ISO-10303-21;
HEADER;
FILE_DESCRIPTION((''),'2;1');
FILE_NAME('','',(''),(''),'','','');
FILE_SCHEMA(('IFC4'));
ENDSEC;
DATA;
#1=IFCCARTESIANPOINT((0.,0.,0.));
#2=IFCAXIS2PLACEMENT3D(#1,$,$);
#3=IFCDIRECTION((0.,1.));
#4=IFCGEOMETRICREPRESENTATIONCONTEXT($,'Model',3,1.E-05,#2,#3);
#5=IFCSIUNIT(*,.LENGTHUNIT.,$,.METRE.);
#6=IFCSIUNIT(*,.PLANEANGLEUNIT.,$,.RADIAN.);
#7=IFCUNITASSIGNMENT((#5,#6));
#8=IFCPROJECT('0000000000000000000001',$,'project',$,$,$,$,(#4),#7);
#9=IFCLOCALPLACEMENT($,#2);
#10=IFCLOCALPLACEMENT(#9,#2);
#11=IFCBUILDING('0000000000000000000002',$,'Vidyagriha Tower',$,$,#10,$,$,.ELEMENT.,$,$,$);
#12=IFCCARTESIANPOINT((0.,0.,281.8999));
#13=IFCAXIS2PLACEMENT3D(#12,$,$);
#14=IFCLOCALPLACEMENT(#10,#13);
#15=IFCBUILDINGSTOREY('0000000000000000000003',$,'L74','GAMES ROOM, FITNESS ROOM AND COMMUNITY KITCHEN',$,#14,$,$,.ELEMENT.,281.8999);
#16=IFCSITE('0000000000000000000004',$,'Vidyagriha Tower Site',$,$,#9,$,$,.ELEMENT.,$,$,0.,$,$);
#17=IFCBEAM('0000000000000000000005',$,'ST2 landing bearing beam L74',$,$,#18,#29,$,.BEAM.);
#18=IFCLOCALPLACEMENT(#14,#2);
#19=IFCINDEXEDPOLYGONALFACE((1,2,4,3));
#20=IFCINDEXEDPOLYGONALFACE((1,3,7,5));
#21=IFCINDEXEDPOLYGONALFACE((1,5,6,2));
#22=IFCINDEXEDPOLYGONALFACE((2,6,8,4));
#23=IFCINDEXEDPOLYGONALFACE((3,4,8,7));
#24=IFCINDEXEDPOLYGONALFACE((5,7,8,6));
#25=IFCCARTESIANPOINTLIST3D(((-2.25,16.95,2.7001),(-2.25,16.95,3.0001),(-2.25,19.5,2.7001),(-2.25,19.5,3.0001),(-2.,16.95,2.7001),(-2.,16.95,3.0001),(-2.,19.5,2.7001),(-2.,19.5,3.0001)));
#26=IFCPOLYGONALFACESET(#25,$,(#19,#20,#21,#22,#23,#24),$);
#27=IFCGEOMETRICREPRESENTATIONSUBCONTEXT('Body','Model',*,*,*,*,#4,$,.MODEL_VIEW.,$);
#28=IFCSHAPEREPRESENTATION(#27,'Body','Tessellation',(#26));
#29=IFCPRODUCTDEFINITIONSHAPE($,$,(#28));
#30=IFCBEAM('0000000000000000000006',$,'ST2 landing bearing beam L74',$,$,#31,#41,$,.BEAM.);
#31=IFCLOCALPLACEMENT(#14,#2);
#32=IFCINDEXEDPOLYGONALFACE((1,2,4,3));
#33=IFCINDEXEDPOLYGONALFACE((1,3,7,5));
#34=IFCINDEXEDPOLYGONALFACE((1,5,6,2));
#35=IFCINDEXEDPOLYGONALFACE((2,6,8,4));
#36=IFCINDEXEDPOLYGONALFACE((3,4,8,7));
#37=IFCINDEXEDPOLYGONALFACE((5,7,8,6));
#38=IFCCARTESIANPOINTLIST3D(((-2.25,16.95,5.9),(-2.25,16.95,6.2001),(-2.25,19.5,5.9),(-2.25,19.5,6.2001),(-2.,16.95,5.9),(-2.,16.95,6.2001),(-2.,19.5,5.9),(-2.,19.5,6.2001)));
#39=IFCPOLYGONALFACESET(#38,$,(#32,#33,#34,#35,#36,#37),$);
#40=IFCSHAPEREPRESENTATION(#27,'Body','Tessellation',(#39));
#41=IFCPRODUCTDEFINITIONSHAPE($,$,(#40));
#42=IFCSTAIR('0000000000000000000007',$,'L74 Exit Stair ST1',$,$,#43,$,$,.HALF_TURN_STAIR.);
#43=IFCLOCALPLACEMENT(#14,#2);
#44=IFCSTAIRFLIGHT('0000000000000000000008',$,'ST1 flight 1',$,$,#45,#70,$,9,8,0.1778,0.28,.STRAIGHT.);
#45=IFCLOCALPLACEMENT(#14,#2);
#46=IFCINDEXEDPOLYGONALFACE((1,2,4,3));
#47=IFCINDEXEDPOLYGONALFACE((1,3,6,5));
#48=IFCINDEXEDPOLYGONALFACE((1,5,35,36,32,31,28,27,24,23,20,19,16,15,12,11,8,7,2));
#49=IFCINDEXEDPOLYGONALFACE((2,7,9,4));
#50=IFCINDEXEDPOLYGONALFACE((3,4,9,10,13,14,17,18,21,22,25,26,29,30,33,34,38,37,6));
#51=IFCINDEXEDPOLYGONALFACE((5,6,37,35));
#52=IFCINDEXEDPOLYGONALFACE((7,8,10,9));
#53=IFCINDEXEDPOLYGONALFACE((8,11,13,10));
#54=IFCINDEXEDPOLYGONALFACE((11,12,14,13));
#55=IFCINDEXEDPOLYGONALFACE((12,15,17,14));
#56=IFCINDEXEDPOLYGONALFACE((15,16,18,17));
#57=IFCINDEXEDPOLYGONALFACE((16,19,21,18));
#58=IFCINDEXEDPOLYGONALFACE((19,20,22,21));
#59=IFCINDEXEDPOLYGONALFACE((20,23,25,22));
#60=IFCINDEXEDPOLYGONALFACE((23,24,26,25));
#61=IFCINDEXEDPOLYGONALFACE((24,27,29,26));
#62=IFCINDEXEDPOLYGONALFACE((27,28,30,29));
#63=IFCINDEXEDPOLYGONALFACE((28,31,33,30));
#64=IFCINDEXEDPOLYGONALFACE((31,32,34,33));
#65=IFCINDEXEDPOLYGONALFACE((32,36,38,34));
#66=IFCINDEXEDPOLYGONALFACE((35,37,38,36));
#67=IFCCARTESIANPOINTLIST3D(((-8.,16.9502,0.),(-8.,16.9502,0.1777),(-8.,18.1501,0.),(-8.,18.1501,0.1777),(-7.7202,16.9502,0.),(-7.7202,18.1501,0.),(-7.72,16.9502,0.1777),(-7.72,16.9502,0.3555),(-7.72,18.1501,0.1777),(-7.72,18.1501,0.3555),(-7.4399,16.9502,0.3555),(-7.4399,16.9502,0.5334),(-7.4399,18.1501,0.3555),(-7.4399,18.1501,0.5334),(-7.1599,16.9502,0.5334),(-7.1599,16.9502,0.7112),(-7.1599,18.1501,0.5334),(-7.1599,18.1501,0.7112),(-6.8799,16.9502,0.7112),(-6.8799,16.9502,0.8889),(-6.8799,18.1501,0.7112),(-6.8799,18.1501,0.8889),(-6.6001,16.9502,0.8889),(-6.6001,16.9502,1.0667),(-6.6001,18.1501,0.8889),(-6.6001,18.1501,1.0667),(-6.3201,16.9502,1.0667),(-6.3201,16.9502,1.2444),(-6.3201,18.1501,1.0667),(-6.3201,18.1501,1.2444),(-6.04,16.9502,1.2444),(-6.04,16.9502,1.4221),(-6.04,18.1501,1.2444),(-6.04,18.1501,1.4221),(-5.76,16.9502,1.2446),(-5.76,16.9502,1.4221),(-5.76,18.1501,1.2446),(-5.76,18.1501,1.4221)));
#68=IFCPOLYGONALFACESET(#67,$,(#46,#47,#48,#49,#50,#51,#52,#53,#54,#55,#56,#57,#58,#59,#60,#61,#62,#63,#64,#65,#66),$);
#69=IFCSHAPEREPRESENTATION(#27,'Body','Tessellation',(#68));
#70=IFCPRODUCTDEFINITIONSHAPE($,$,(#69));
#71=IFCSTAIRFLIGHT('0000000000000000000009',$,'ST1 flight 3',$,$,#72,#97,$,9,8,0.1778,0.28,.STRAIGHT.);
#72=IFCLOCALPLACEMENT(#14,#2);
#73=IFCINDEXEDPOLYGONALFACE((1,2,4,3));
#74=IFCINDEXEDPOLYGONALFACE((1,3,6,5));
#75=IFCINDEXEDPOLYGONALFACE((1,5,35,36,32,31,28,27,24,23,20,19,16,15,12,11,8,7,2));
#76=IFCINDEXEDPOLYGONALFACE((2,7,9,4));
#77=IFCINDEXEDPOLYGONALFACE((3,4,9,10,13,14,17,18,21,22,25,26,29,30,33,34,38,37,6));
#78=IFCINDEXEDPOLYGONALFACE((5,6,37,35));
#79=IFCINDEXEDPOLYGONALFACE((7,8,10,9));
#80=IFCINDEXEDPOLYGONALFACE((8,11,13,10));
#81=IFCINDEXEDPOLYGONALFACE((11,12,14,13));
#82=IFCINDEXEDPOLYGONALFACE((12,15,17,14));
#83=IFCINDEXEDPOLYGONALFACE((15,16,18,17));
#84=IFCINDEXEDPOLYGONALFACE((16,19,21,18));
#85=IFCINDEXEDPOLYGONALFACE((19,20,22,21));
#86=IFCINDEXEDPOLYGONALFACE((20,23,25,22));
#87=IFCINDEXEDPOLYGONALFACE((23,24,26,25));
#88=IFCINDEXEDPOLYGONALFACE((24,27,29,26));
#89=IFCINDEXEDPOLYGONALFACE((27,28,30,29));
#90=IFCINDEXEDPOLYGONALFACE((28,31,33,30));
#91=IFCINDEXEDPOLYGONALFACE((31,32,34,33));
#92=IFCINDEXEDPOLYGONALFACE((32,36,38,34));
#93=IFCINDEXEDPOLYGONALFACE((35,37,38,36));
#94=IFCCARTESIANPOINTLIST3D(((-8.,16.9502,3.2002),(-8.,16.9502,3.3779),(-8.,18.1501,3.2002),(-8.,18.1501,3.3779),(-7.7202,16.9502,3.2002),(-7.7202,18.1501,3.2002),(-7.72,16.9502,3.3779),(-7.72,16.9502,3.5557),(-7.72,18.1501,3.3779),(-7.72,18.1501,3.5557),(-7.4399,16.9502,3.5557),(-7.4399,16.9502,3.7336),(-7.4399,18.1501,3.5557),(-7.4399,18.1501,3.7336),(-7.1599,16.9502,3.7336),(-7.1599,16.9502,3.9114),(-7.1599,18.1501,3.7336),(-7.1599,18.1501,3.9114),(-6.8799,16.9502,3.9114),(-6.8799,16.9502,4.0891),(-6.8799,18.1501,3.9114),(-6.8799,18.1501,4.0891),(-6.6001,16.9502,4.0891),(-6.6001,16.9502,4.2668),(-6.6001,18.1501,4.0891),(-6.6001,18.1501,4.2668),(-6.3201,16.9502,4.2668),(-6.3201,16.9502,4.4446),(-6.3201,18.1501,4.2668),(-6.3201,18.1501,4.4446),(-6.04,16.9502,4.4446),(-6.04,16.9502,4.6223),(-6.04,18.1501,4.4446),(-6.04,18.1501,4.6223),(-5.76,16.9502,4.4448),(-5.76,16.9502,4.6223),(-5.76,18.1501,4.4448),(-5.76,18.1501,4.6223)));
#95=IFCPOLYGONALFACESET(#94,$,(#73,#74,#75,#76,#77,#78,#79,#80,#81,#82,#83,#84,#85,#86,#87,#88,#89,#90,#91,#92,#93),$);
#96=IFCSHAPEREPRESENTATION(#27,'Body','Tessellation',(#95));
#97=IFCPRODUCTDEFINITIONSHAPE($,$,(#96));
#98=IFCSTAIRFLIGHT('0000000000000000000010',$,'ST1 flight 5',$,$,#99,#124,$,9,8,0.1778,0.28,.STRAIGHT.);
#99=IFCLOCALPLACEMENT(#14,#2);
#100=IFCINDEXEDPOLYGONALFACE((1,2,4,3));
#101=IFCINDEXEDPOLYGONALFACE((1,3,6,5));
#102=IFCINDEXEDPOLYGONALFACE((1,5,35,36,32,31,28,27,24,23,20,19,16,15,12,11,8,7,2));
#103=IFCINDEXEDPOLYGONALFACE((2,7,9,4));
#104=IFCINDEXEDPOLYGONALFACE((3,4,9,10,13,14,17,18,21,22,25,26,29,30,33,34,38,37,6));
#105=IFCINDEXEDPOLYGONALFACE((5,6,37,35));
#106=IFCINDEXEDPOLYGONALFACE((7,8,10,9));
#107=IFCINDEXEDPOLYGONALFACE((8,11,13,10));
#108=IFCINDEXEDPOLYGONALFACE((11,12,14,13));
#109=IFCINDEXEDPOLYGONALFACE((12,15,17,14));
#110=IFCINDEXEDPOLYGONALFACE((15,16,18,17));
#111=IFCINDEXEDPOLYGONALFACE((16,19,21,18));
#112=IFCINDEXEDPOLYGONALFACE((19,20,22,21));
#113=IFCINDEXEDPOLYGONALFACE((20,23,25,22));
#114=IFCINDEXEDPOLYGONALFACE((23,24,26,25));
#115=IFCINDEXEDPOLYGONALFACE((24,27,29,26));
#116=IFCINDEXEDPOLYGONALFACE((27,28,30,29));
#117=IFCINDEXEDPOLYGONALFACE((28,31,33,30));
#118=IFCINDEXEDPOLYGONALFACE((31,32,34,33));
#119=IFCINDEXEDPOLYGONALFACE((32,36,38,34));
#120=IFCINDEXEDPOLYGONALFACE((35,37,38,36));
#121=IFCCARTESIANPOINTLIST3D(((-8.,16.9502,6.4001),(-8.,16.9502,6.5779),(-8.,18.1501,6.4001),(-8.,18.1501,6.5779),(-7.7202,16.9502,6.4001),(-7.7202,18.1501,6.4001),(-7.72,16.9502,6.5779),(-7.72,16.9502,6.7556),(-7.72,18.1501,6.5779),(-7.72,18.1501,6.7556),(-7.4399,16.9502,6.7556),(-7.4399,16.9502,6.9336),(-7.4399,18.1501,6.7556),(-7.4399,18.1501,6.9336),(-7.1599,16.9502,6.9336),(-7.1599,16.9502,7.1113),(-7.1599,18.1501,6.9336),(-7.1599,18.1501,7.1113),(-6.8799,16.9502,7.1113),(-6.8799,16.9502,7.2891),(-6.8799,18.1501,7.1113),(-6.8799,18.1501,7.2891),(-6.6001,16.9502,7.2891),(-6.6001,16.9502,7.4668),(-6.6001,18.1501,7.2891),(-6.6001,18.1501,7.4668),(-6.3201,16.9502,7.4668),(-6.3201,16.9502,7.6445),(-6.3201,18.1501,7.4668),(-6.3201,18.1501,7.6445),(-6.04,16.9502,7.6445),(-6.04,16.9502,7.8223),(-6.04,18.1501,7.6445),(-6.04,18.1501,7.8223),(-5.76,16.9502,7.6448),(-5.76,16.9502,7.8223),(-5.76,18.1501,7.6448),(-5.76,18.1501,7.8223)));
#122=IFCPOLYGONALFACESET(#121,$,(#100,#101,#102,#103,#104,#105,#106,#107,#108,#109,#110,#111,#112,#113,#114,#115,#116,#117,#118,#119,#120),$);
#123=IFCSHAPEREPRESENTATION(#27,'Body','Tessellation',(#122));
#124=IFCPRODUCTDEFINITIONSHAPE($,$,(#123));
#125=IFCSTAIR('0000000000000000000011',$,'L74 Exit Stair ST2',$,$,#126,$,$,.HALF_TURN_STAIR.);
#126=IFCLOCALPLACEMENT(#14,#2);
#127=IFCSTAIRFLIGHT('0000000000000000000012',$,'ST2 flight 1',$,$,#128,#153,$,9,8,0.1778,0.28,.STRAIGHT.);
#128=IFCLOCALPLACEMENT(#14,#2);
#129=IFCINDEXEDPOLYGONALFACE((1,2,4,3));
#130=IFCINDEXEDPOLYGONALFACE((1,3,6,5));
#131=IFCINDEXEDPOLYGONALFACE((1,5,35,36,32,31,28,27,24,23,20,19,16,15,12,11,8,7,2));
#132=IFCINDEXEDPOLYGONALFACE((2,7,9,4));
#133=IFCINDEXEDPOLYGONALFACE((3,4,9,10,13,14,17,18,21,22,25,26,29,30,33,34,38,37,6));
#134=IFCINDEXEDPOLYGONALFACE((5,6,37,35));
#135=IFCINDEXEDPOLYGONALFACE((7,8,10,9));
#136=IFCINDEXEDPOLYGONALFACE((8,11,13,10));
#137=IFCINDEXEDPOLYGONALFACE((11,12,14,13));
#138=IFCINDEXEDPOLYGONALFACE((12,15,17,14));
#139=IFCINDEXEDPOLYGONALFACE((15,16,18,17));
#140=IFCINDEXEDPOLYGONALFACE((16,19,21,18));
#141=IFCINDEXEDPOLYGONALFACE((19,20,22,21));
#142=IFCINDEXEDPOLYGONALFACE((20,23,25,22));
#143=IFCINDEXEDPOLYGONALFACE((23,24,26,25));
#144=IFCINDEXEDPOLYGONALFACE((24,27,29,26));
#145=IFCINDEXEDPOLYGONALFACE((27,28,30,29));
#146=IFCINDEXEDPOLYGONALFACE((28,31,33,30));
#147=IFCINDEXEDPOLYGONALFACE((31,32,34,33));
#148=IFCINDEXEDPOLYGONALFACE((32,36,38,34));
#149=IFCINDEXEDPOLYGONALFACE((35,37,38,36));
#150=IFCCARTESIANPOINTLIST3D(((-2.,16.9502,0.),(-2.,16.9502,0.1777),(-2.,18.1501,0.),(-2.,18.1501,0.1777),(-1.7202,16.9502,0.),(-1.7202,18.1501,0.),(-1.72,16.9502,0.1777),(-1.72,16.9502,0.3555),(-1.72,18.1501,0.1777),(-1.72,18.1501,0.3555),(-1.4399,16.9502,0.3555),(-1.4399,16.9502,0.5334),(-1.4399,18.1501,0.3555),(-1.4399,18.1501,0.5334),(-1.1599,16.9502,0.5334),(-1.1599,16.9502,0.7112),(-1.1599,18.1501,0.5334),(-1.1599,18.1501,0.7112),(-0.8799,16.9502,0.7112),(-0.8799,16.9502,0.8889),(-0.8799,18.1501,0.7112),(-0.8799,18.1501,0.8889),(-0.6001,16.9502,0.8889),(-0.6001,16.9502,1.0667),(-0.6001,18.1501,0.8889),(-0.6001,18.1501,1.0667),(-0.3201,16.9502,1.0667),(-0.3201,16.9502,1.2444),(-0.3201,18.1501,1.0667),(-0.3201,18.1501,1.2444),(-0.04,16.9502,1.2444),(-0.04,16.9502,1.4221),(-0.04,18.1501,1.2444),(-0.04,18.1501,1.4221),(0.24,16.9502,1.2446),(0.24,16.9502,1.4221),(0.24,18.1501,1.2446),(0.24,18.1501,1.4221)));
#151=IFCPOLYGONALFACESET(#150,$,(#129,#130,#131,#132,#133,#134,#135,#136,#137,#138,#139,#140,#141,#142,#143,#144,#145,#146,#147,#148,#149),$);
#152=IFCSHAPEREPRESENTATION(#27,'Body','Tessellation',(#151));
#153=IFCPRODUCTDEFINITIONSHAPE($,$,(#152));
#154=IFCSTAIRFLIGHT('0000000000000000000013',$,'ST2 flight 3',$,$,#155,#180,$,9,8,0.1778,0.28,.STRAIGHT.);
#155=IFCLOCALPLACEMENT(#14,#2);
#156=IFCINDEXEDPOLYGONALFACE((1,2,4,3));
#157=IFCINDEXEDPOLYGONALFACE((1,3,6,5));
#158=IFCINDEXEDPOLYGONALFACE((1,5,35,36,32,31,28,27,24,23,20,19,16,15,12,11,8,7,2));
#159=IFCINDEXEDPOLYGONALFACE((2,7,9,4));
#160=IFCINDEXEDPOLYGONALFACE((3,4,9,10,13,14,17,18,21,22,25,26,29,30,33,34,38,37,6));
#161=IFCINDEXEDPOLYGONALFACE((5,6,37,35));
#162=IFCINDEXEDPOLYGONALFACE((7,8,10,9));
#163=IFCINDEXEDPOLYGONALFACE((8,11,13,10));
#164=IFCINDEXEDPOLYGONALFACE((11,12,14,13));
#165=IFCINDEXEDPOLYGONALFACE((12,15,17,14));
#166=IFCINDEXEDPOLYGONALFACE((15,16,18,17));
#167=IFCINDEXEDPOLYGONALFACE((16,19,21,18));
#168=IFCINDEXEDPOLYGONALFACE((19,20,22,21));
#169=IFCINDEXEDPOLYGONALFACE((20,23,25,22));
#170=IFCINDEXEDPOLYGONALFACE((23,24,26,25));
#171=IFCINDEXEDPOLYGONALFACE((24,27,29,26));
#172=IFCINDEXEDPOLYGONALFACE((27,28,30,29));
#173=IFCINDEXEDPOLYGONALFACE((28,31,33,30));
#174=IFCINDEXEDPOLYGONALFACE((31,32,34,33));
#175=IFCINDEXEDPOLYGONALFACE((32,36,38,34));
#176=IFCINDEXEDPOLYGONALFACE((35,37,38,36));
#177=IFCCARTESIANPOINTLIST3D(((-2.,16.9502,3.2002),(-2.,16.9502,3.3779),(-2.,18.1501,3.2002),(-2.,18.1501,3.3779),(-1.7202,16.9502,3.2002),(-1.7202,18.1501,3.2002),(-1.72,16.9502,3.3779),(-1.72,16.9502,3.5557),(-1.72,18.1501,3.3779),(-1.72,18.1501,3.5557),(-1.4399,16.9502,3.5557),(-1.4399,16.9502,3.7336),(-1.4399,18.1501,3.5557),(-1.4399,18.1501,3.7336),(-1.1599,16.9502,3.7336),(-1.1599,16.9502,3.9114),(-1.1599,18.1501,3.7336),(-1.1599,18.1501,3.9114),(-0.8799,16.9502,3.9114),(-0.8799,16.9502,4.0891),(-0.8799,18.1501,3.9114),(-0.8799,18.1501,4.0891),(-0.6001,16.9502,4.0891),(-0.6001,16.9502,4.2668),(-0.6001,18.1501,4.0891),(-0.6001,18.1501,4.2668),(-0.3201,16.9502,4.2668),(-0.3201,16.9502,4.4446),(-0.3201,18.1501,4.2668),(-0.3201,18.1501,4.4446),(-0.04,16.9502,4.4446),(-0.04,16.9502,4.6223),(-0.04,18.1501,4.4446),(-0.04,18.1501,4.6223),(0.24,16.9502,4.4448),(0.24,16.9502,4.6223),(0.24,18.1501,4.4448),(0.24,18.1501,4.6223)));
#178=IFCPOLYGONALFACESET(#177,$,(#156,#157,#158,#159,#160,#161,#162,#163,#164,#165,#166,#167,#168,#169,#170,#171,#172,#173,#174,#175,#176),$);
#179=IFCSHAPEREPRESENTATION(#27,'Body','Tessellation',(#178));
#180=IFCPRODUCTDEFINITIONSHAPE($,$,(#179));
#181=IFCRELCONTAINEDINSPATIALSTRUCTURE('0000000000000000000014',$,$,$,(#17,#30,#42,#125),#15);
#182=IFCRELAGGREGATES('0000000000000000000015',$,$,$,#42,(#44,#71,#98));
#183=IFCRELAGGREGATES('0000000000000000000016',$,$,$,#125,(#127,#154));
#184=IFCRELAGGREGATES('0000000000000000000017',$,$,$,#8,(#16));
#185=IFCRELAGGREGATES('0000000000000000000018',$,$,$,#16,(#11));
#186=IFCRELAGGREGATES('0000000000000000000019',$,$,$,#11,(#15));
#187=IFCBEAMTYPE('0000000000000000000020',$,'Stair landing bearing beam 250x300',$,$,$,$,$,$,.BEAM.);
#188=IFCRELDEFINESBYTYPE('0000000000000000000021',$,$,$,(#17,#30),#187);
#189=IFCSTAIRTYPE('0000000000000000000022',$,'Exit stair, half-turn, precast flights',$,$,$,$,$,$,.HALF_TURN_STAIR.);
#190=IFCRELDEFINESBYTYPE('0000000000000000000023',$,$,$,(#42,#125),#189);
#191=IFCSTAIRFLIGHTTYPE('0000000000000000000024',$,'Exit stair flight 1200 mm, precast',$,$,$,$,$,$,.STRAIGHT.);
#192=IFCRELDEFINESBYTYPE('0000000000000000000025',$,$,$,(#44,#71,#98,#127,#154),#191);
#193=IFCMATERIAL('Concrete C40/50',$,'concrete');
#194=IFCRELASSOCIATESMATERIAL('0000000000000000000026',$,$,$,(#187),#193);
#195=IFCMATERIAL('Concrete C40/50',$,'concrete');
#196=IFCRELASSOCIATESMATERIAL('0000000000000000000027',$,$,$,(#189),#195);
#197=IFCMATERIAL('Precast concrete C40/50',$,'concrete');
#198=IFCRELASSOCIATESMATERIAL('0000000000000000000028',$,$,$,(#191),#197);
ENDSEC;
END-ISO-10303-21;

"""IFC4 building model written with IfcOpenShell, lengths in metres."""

from ifc_helpers import new_model, si_unit, direction, frame, origin, origin_2d, place, context, subcontext, project, spatial, polyline, rectangle, outline, extrude, material, material_profile, profile_set, type_object, element, aggregate, save


model = new_model("IFC4")

# Units and contexts
model_context = context("Model", 3, precision=1e-05, world=origin(), true_north=direction((0.0, 1.0)))
body_context = subcontext(model_context, "Body", "Model", "MODEL_VIEW")
ifc_project = project(units=[si_unit("LENGTHUNIT", "METRE"), si_unit("PLANEANGLEUNIT", "RADIAN")], contexts=[model_context])

# Site, building, storey
site_placement = place(None, origin())
site = spatial("IfcSite", under=ifc_project, at=site_placement, Name="Vidyagriha Tower Site", CompositionType="ELEMENT", RefElevation=0.0)
building_placement = place(site_placement, origin())
building = spatial("IfcBuilding", under=site, at=building_placement, Name="Vidyagriha Tower", CompositionType="ELEMENT")
storey_placement = place(building_placement, frame((0.0, 0.0, 281.8999)))
storey = spatial("IfcBuildingStorey", under=building, at=storey_placement, Name="L74", Description="GAMES ROOM, FITNESS ROOM AND COMMUNITY KITCHEN", CompositionType="ELEMENT", Elevation=281.8999)

# Beams
ifc_material_1 = material(Name="Concrete C40/50", Category="concrete")
ifc_material_profile = material_profile(ifc_material_1, rectangle(XDim=0.25, YDim=0.3, at=origin_2d()), Name="Stair landing bearing beam 250x300")
ifc_profile_set = profile_set([ifc_material_profile], Name="Concrete C40/50")
beam_type = type_object("IfcBeamType", Name="Stair landing bearing beam 250x300", PredefinedType="BEAM", material=ifc_profile_set)
for number, where, z_axis, x_axis, name in (
    (1, (-2.125, 16.95, 2.8501), (0.0, 1.0, 0.0), (-1.0, 0.0, 0.0), "ST2 landing bearing beam L74"),
    (2, (-2.125, 16.95, 6.05), (0.0, 1.0, 0.0), (-1.0, 0.0, 0.0), "ST2 landing bearing beam L74"),
):
    element("IfcBeam", number, at=place(storey_placement, frame(where, z_axis=z_axis, x_axis=x_axis)), inside=storey, type_object=beam_type, Name=name, PredefinedType="BEAM", context=body_context, shape_type="SweptSolid", body=[
        extrude(rectangle(XDim=0.25, YDim=0.3, at=origin_2d()), origin(), (0.0, 0.0, 1.0), 2.55),
    ])

# Stairs, stair flights
ifc_material_2 = material(Name="Concrete C40/50", Category="concrete")
stair_type = type_object("IfcStairType", Name="Exit stair, half-turn, precast flights", PredefinedType="HALF_TURN_STAIR", material=ifc_material_2)
stair_1_placement = place(storey_placement, origin())
stair_1 = element("IfcStair", 3, at=stair_1_placement, inside=storey, type_object=stair_type, Name="L74 Exit Stair ST1", PredefinedType="HALF_TURN_STAIR")
ifc_material_3 = material(Name="Precast concrete C40/50", Category="concrete")
stair_flight_type = type_object("IfcStairFlightType", Name="Exit stair flight 1200 mm, precast", PredefinedType="STRAIGHT", material=ifc_material_3)
stair_flight_1_placement = place(storey_placement, frame((-8.0, 17.55, 0.0)))
stair_flight_1 = element("IfcStairFlight", 4, at=stair_flight_1_placement, type_object=stair_flight_type, Name="ST1 flight 1", NumberOfRisers=9, NumberOfTreads=8, PredefinedType="STRAIGHT", RiserHeight=0.1778, TreadLength=0.28, context=body_context, shape_type="SweptSolid", body=[
    extrude(outline(polyline([(0.0, 0.0), (0.0, 0.1777), (0.28, 0.1777), (0.28, 0.3555), (0.5601, 0.3555), (0.5601, 0.5334), (0.8401, 0.5334), (0.8401, 0.7112), (1.1201, 0.7112), (1.1201, 0.8889), (1.3999, 0.8889), (1.3999, 1.0667), (1.6799, 1.0667), (1.6799, 1.2444), (1.96, 1.2444), (1.96, 1.4221), (2.24, 1.4221), (2.24, 1.6001), (2.24, 1.2446), (0.2798, 0.0), (0.0, 0.0)])), frame((0.0, 0.6001, 0.0), z_axis=(0.0, -1.0, 0.0), x_axis=(1.0, 0.0, 0.0)), (0.0, 0.0, 1.0), 1.2),
])
stair_flight_2_placement = place(storey_placement, frame((-8.0, 17.55, 3.2002)))
stair_flight_2 = element("IfcStairFlight", 5, at=stair_flight_2_placement, type_object=stair_flight_type, Name="ST1 flight 3", NumberOfRisers=9, NumberOfTreads=8, PredefinedType="STRAIGHT", RiserHeight=0.1778, TreadLength=0.28, context=body_context, shape_type="SweptSolid", body=[
    extrude(outline(polyline([(0.0, 0.0), (0.0, 0.1777), (0.28, 0.1777), (0.28, 0.3555), (0.5601, 0.3555), (0.5601, 0.5334), (0.8401, 0.5334), (0.8401, 0.7112), (1.1201, 0.7112), (1.1201, 0.8889), (1.3999, 0.8889), (1.3999, 1.0667), (1.6799, 1.0667), (1.6799, 1.2444), (1.96, 1.2444), (1.96, 1.4221), (2.24, 1.4221), (2.24, 1.6001), (2.24, 1.2446), (0.2798, 0.0), (0.0, 0.0)])), frame((0.0, 0.6001, 0.0), z_axis=(0.0, -1.0, 0.0), x_axis=(1.0, 0.0, 0.0)), (0.0, 0.0, 1.0), 1.2),
])
stair_flight_3_placement = place(storey_placement, frame((-8.0, 17.55, 6.4001)))
stair_flight_3 = element("IfcStairFlight", 6, at=stair_flight_3_placement, type_object=stair_flight_type, Name="ST1 flight 5", NumberOfRisers=9, NumberOfTreads=8, PredefinedType="STRAIGHT", RiserHeight=0.1778, TreadLength=0.28, context=body_context, shape_type="SweptSolid", body=[
    extrude(outline(polyline([(0.0, 0.0), (0.0, 0.1777), (0.28, 0.1777), (0.28, 0.3555), (0.5601, 0.3555), (0.5601, 0.5334), (0.8401, 0.5334), (0.8401, 0.7112), (1.1201, 0.7112), (1.1201, 0.8889), (1.3999, 0.8889), (1.3999, 1.0667), (1.6799, 1.0667), (1.6799, 1.2444), (1.96, 1.2444), (1.96, 1.4221), (2.24, 1.4221), (2.24, 1.6001), (2.24, 1.2446), (0.2798, 0.0), (0.0, 0.0)])), frame((0.0, 0.6001, 0.0), z_axis=(0.0, -1.0, 0.0), x_axis=(1.0, 0.0, 0.0)), (0.0, 0.0, 1.0), 1.2),
])
aggregate(stair_1, [stair_flight_1, stair_flight_2, stair_flight_3])
stair_2_placement = place(storey_placement, origin())
stair_2 = element("IfcStair", 7, at=stair_2_placement, inside=storey, type_object=stair_type, Name="L74 Exit Stair ST2", PredefinedType="HALF_TURN_STAIR")
stair_flight_4_placement = place(storey_placement, frame((-2.0, 17.55, 0.0)))
stair_flight_4 = element("IfcStairFlight", 8, at=stair_flight_4_placement, type_object=stair_flight_type, Name="ST2 flight 1", NumberOfRisers=9, NumberOfTreads=8, PredefinedType="STRAIGHT", RiserHeight=0.1778, TreadLength=0.28, context=body_context, shape_type="SweptSolid", body=[
    extrude(outline(polyline([(0.0, 0.0), (0.0, 0.1777), (0.28, 0.1777), (0.28, 0.3555), (0.5601, 0.3555), (0.5601, 0.5334), (0.8401, 0.5334), (0.8401, 0.7112), (1.1201, 0.7112), (1.1201, 0.8889), (1.3999, 0.8889), (1.3999, 1.0667), (1.6799, 1.0667), (1.6799, 1.2444), (1.96, 1.2444), (1.96, 1.4221), (2.24, 1.4221), (2.24, 1.6001), (2.24, 1.2446), (0.2798, 0.0), (0.0, 0.0)])), frame((0.0, 0.6001, 0.0), z_axis=(0.0, -1.0, 0.0), x_axis=(1.0, 0.0, 0.0)), (0.0, 0.0, 1.0), 1.2),
])
stair_flight_5_placement = place(storey_placement, frame((-2.0, 17.55, 3.2002)))
stair_flight_5 = element("IfcStairFlight", 9, at=stair_flight_5_placement, type_object=stair_flight_type, Name="ST2 flight 3", NumberOfRisers=9, NumberOfTreads=8, PredefinedType="STRAIGHT", RiserHeight=0.1778, TreadLength=0.28, context=body_context, shape_type="SweptSolid", body=[
    extrude(outline(polyline([(0.0, 0.0), (0.0, 0.1777), (0.28, 0.1777), (0.28, 0.3555), (0.5601, 0.3555), (0.5601, 0.5334), (0.8401, 0.5334), (0.8401, 0.7112), (1.1201, 0.7112), (1.1201, 0.8889), (1.3999, 0.8889), (1.3999, 1.0667), (1.6799, 1.0667), (1.6799, 1.2444), (1.96, 1.2444), (1.96, 1.4221), (2.24, 1.4221), (2.24, 1.6001), (2.24, 1.2446), (0.2798, 0.0), (0.0, 0.0)])), frame((0.0, 0.6001, 0.0), z_axis=(0.0, -1.0, 0.0), x_axis=(1.0, 0.0, 0.0)), (0.0, 0.0, 1.0), 1.2),
])
aggregate(stair_2, [stair_flight_4, stair_flight_5])

save(model, "model.ifc")
